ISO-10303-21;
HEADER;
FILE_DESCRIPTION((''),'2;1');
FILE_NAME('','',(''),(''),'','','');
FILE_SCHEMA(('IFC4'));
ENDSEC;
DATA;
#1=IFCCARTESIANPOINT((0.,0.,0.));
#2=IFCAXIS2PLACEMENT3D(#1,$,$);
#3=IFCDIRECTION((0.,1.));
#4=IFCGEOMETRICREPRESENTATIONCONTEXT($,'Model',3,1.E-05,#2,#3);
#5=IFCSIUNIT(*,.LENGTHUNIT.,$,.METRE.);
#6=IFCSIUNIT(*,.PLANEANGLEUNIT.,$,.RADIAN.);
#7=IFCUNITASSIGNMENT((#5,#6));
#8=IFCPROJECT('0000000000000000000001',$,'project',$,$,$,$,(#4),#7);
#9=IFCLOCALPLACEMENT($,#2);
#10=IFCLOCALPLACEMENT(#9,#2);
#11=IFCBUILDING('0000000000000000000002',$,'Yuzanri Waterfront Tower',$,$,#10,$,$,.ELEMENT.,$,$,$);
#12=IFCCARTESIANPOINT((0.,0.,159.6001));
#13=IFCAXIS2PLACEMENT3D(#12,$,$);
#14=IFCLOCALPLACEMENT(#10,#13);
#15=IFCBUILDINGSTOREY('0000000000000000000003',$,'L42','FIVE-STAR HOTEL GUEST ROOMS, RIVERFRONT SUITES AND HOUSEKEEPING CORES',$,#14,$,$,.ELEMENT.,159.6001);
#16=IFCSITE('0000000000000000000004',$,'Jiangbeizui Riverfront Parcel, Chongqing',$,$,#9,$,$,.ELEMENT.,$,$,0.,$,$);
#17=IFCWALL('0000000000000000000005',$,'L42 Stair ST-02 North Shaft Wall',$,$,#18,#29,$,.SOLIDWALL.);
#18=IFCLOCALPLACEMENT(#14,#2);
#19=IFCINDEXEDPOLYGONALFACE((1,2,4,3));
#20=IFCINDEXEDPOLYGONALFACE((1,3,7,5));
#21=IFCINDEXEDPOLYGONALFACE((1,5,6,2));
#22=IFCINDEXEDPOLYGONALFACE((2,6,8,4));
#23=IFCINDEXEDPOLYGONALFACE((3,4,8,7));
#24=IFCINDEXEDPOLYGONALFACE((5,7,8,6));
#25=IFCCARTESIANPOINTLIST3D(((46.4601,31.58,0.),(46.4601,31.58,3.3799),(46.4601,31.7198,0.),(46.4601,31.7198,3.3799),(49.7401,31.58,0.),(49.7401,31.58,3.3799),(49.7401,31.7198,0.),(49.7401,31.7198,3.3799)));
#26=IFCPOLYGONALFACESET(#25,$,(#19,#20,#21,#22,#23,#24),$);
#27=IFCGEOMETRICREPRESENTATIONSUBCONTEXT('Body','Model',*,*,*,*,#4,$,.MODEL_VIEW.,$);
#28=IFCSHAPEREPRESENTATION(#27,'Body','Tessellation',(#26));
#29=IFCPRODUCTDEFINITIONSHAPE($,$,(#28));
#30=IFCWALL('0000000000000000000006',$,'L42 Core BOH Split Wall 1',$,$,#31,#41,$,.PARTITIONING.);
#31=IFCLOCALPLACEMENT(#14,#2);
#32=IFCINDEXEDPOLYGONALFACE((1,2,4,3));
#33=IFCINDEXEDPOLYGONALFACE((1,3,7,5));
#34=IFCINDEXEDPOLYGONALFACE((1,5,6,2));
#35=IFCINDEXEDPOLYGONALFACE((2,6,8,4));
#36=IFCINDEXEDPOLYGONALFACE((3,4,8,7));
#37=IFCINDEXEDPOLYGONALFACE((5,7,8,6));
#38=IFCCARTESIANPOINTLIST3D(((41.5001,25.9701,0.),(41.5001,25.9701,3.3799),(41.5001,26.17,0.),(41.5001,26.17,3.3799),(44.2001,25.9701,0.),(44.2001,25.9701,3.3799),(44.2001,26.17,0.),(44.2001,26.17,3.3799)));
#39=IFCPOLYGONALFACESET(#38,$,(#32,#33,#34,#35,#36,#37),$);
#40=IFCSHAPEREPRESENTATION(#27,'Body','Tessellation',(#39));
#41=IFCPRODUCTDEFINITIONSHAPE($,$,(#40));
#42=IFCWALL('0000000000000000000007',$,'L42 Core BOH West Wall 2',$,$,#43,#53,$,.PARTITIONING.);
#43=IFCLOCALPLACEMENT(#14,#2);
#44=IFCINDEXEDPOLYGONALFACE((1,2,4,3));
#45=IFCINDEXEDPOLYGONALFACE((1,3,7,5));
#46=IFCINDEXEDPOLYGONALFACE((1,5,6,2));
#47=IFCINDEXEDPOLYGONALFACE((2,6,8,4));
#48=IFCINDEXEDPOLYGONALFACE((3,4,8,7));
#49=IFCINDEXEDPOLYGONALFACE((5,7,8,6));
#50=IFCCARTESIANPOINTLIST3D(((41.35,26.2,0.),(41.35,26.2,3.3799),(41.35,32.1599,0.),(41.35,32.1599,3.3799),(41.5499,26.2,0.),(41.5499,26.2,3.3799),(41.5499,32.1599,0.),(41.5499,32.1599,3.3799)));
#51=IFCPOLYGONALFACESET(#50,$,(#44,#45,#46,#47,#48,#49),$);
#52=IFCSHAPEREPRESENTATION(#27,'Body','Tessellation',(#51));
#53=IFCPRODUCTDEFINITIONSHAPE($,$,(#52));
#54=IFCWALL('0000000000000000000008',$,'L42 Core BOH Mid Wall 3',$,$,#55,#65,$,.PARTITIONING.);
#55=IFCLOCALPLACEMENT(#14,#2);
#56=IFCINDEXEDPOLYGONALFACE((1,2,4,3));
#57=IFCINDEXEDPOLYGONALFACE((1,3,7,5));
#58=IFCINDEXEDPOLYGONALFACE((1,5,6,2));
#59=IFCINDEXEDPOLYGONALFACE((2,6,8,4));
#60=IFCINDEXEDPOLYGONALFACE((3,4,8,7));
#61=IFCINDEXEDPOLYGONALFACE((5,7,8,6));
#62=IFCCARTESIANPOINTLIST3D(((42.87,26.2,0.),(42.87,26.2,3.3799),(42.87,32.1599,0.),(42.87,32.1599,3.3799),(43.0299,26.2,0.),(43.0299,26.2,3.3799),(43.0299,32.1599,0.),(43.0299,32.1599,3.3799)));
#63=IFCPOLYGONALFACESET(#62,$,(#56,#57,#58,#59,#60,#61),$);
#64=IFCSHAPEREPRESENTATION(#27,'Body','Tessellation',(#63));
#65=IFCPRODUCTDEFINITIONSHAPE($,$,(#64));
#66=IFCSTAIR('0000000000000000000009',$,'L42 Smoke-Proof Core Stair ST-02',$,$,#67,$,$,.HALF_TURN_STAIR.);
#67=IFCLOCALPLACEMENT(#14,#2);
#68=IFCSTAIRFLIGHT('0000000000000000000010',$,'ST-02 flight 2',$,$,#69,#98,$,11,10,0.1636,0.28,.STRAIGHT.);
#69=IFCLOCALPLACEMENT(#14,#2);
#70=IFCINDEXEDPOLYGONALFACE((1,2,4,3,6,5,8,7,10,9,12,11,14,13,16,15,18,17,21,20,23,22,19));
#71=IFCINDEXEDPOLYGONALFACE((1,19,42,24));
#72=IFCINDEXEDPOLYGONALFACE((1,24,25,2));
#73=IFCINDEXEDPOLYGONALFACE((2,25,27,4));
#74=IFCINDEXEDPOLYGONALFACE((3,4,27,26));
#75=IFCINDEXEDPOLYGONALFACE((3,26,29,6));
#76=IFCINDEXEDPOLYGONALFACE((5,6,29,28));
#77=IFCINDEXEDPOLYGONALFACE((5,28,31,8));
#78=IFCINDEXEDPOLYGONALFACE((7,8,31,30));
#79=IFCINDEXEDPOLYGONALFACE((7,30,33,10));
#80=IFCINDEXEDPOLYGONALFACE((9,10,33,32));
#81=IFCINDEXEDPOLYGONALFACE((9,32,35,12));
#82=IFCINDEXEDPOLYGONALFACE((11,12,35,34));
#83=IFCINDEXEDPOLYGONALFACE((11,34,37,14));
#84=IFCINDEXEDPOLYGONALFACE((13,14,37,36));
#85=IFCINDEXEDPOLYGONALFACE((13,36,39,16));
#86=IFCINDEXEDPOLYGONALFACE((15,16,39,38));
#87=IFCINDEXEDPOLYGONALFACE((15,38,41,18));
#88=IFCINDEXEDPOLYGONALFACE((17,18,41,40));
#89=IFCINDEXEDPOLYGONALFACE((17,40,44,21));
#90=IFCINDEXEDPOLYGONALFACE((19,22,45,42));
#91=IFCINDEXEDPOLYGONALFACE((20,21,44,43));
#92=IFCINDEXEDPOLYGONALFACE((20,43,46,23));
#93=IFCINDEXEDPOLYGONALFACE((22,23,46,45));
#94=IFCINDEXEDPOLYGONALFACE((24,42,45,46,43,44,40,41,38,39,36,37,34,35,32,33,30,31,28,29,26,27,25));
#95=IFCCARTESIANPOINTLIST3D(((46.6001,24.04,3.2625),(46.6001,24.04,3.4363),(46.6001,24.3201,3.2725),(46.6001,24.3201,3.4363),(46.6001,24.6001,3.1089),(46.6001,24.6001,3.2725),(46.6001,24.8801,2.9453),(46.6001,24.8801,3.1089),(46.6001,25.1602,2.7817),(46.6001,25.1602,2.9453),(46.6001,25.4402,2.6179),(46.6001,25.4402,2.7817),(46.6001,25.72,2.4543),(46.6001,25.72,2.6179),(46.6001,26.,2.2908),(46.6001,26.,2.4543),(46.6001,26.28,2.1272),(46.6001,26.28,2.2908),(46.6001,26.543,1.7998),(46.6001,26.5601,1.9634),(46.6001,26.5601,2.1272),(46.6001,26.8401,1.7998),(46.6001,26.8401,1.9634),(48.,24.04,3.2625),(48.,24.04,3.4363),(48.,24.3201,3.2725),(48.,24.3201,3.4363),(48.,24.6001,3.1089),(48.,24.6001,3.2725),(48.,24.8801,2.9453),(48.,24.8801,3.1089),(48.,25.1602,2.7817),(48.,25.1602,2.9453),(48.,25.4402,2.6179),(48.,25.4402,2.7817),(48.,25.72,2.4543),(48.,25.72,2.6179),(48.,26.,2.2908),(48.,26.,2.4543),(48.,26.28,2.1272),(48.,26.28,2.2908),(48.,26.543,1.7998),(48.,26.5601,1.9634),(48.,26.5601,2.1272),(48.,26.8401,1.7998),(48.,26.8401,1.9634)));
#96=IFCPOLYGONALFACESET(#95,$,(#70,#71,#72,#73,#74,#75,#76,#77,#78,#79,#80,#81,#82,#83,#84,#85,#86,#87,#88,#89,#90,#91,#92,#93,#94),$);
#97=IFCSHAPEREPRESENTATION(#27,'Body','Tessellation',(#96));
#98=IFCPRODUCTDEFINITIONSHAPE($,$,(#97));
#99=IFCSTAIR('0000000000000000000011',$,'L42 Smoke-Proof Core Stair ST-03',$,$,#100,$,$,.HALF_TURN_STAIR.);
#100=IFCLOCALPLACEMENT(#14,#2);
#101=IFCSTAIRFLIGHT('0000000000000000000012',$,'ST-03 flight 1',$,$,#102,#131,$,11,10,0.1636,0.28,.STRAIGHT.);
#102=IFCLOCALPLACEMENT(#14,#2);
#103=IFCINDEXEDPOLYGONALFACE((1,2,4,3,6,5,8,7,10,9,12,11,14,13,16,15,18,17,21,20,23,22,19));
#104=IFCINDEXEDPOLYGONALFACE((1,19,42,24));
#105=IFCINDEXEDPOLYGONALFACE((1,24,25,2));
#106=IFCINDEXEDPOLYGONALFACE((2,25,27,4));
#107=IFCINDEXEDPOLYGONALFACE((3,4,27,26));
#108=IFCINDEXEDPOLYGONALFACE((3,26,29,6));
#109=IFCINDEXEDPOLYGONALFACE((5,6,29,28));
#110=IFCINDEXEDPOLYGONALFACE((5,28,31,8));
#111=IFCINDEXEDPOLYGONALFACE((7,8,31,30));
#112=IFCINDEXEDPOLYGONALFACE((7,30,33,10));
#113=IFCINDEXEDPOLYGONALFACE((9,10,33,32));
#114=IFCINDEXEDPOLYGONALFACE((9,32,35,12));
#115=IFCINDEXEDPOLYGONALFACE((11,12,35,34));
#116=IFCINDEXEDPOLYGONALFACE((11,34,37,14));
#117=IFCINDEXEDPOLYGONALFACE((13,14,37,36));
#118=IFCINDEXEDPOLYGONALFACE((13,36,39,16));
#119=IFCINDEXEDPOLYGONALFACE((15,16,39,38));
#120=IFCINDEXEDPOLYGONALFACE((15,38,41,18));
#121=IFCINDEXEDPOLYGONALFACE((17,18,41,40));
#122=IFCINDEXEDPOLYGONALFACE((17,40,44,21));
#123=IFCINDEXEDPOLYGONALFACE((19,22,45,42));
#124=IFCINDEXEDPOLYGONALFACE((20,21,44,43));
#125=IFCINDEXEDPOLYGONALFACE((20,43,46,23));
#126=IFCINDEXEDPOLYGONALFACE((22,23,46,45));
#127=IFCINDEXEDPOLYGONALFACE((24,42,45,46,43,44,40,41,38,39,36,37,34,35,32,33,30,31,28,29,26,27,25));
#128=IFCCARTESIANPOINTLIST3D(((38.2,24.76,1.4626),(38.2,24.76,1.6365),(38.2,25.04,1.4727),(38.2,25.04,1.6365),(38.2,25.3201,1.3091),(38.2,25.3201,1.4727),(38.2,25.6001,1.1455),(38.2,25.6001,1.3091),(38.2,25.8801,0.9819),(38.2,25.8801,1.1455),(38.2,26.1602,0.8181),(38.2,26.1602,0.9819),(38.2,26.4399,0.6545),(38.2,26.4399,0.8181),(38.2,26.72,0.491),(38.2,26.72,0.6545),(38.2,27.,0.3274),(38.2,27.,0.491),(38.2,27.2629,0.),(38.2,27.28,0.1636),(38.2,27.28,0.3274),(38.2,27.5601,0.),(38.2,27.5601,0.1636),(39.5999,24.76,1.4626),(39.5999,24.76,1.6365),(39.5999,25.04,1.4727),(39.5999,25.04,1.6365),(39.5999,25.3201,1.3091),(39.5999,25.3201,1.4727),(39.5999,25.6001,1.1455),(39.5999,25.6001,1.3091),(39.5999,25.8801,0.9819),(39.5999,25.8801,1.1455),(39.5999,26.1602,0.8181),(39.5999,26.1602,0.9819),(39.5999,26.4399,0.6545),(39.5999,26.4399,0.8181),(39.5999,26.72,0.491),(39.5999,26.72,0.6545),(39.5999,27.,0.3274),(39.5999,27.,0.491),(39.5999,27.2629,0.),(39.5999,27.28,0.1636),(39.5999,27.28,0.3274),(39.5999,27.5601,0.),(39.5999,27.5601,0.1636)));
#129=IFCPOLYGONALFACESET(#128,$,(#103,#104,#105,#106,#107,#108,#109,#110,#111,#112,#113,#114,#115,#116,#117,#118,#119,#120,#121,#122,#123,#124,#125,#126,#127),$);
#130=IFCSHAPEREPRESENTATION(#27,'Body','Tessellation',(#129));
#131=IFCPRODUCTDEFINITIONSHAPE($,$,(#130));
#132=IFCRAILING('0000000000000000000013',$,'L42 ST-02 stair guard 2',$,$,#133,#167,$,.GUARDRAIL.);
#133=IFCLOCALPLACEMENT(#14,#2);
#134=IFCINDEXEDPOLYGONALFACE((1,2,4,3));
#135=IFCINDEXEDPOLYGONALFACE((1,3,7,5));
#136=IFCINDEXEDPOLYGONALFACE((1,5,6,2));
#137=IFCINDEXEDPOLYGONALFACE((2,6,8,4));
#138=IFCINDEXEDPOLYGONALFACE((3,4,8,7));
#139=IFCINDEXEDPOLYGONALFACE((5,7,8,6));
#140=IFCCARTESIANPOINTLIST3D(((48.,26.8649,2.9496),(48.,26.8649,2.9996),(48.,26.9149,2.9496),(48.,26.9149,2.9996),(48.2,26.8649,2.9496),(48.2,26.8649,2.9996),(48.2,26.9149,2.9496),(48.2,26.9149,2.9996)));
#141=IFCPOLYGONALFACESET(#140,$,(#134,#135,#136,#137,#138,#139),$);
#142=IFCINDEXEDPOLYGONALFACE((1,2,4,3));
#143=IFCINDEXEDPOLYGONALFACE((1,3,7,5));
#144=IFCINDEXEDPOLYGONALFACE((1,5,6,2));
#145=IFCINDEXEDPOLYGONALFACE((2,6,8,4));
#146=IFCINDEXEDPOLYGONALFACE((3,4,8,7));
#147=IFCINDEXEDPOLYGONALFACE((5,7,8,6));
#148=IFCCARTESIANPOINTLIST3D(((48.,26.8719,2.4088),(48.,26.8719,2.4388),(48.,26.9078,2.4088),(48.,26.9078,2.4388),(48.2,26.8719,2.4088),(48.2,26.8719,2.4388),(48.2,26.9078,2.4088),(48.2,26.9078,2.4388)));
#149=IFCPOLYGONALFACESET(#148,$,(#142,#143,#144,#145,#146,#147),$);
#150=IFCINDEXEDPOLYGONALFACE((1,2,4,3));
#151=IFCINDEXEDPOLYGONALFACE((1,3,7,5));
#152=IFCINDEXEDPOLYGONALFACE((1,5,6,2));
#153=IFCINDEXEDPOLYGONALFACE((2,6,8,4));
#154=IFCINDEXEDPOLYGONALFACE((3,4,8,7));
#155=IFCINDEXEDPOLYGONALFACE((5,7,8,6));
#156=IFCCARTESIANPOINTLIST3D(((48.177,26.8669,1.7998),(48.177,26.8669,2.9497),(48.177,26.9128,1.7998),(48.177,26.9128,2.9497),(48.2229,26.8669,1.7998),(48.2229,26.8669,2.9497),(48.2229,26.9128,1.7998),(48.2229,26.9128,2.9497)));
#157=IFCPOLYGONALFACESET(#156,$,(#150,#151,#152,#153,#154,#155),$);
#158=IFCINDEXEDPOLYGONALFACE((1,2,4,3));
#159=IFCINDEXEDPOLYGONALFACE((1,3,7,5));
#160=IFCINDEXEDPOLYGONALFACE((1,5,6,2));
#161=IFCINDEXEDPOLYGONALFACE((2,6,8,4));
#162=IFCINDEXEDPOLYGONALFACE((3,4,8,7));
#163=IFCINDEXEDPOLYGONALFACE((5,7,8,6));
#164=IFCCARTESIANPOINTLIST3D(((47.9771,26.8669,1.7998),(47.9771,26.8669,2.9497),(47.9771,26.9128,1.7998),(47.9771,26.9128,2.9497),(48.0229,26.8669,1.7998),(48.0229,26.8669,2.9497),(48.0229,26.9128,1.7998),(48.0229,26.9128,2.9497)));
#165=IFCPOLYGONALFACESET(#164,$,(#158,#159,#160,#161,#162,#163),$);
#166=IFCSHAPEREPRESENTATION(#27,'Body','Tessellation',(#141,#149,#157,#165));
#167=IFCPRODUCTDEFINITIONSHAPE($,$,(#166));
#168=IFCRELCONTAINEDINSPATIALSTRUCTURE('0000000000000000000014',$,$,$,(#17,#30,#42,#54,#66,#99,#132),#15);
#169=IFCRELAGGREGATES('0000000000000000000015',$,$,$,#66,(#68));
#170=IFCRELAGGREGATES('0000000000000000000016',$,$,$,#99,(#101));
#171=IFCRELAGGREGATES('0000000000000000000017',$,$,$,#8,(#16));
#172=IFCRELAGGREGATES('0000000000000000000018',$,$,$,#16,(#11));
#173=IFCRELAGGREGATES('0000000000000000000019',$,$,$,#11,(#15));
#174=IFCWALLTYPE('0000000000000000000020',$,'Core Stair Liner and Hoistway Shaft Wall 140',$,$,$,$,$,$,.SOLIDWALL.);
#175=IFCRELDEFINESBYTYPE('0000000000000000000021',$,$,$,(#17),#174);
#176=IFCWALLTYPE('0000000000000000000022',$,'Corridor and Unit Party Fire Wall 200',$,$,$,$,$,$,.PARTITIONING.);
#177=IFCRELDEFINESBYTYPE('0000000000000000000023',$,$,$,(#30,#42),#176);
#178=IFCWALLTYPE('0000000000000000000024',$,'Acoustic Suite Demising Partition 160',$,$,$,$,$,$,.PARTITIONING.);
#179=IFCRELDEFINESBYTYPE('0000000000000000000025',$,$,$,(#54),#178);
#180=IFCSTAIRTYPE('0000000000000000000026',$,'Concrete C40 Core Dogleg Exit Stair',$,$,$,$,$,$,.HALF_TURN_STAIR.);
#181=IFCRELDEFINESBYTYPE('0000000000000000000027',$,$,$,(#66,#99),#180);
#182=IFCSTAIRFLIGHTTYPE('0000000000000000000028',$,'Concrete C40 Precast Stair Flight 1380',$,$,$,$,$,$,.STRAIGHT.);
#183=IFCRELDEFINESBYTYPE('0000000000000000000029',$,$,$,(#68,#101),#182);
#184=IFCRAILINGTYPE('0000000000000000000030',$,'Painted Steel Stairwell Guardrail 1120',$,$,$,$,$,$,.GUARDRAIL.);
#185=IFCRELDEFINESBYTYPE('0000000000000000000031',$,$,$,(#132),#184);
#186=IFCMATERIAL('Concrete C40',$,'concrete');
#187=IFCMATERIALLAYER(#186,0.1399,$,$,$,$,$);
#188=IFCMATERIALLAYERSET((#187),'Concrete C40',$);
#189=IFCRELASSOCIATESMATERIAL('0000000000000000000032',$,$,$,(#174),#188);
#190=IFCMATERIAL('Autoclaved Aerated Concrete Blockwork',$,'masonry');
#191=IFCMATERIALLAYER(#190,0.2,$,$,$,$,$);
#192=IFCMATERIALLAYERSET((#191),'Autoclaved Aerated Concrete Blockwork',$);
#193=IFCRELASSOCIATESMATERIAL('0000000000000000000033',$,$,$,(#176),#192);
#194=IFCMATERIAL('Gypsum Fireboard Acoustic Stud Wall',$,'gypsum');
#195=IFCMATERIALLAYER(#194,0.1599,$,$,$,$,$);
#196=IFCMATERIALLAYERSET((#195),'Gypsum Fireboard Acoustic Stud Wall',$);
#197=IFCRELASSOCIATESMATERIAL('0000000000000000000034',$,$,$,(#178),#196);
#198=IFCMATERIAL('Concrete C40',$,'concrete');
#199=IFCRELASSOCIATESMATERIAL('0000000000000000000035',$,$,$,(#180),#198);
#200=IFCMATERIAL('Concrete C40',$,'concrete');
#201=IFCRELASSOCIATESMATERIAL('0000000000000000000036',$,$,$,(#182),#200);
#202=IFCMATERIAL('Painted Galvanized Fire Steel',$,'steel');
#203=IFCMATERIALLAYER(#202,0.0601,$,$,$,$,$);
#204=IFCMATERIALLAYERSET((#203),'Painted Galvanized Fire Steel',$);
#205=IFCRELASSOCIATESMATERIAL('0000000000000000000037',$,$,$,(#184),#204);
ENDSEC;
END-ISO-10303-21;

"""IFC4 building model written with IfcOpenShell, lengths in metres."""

from ifc_helpers import new_model, si_unit, direction, frame, frame_2d, origin, origin_2d, place, context, subcontext, project, spatial, polyline, rectangle, outline, extrude, source, transform, mapped, material, layer, layer_set, type_object, element, aggregate, save


model = new_model("IFC4")

# Units and contexts
model_context = context("Model", 3, precision=1e-05, world=origin(), true_north=direction((0.0, 1.0)))
body_context = subcontext(model_context, "Body", "Model", "MODEL_VIEW")
ifc_project = project(units=[si_unit("LENGTHUNIT", "METRE"), si_unit("PLANEANGLEUNIT", "RADIAN")], contexts=[model_context])

# Site, building, storey
site_placement = place(None, origin())
site = spatial("IfcSite", under=ifc_project, at=site_placement, Name="Jiangbeizui Riverfront Parcel, Chongqing", CompositionType="ELEMENT", RefElevation=0.0)
building_placement = place(site_placement, origin())
building = spatial("IfcBuilding", under=site, at=building_placement, Name="Yuzanri Waterfront Tower", CompositionType="ELEMENT")
storey_placement = place(building_placement, frame((0.0, 0.0, 159.6001)))
storey = spatial("IfcBuildingStorey", under=building, at=storey_placement, Name="L42", Description="FIVE-STAR HOTEL GUEST ROOMS, RIVERFRONT SUITES AND HOUSEKEEPING CORES", CompositionType="ELEMENT", Elevation=159.6001)

# Shared definitions
ifc_material_1 = material(Name="Concrete C40", Category="concrete")
ifc_layer_1 = layer(ifc_material_1, 0.1399)
ifc_layer_set_1 = layer_set([ifc_layer_1], Name="Concrete C40")
wall_type_1 = type_object("IfcWallType", Name="Core Stair Liner and Hoistway Shaft Wall 140", PredefinedType="SOLIDWALL", material=ifc_layer_set_1)

# Walls
shared_shape_1 = source(origin(), body_context, "Body", "SweptSolid", [
    extrude(rectangle(XDim=3.28, YDim=0.1399, at=frame_2d((1.6401, 0.0))), origin(), (0.0, 0.0, 1.0), 3.3799),
])
wall_1_placement = place(storey_placement, frame((46.46, 31.6499, 0.0), z_axis=(0.0, 0.0, 1.0), x_axis=(1.0, 0.0, 0.0)))
element("IfcWall", 1, at=wall_1_placement, inside=storey, type_object=wall_type_1, Name="L42 Stair ST-02 North Shaft Wall", PredefinedType="SOLIDWALL", context=body_context, shape_type="MappedRepresentation", body=[
    mapped(shared_shape_1, transform((0.0, 0.0, 0.0), scale=1.0)),
])
ifc_material_2 = material(Name="Autoclaved Aerated Concrete Blockwork", Category="masonry")
ifc_layer_2 = layer(ifc_material_2, 0.2)
ifc_layer_set_2 = layer_set([ifc_layer_2], Name="Autoclaved Aerated Concrete Blockwork")
wall_type_2 = type_object("IfcWallType", Name="Corridor and Unit Party Fire Wall 200", PredefinedType="PARTITIONING", material=ifc_layer_set_2)
shared_shape_2 = source(origin(), body_context, "Body", "SweptSolid", [
    extrude(rectangle(XDim=2.7, YDim=0.2, at=frame_2d((1.3501, 0.0))), origin(), (0.0, 0.0, 1.0), 3.3799),
])
wall_2_placement = place(storey_placement, frame((41.5, 26.0701, 0.0), z_axis=(0.0, 0.0, 1.0), x_axis=(1.0, 0.0, 0.0)))
element("IfcWall", 2, at=wall_2_placement, inside=storey, type_object=wall_type_2, Name="L42 Core BOH Split Wall 1", PredefinedType="PARTITIONING", context=body_context, shape_type="MappedRepresentation", body=[
    mapped(shared_shape_2, transform((0.0, 0.0, 0.0), scale=1.0)),
])
shared_shape_3 = source(origin(), body_context, "Body", "SweptSolid", [
    extrude(rectangle(XDim=5.96, YDim=0.2, at=frame_2d((2.98, 0.0))), origin(), (0.0, 0.0, 1.0), 3.3799),
])
wall_3_placement = place(storey_placement, frame((41.45, 26.2, 0.0), z_axis=(0.0, 0.0, 1.0), x_axis=(0.0, 1.0, 0.0)))
element("IfcWall", 3, at=wall_3_placement, inside=storey, type_object=wall_type_2, Name="L42 Core BOH West Wall 2", PredefinedType="PARTITIONING", context=body_context, shape_type="MappedRepresentation", body=[
    mapped(shared_shape_3, transform((0.0, 0.0, 0.0), scale=1.0)),
])
ifc_material_3 = material(Name="Gypsum Fireboard Acoustic Stud Wall", Category="gypsum")
ifc_layer_3 = layer(ifc_material_3, 0.1599)
ifc_layer_set_3 = layer_set([ifc_layer_3], Name="Gypsum Fireboard Acoustic Stud Wall")
wall_type_3 = type_object("IfcWallType", Name="Acoustic Suite Demising Partition 160", PredefinedType="PARTITIONING", material=ifc_layer_set_3)
shared_shape_4 = source(origin(), body_context, "Body", "SweptSolid", [
    extrude(rectangle(XDim=5.96, YDim=0.1599, at=frame_2d((2.98, 0.0))), origin(), (0.0, 0.0, 1.0), 3.3799),
])
wall_4_placement = place(storey_placement, frame((42.95, 26.2, 0.0), z_axis=(0.0, 0.0, 1.0), x_axis=(0.0, 1.0, 0.0)))
element("IfcWall", 4, at=wall_4_placement, inside=storey, type_object=wall_type_3, Name="L42 Core BOH Mid Wall 3", PredefinedType="PARTITIONING", context=body_context, shape_type="MappedRepresentation", body=[
    mapped(shared_shape_4, transform((0.0, 0.0, 0.0), scale=1.0)),
])

# Stairs, stair flights
ifc_material_4 = material(Name="Concrete C40", Category="concrete")
stair_type = type_object("IfcStairType", Name="Concrete C40 Core Dogleg Exit Stair", PredefinedType="HALF_TURN_STAIR", material=ifc_material_4)
stair_1_placement = place(storey_placement, origin())
stair_1 = element("IfcStair", 5, at=stair_1_placement, inside=storey, type_object=stair_type, Name="L42 Smoke-Proof Core Stair ST-02", PredefinedType="HALF_TURN_STAIR")
ifc_material_5 = material(Name="Concrete C40", Category="concrete")
stair_flight_type = type_object("IfcStairFlightType", Name="Concrete C40 Precast Stair Flight 1380", PredefinedType="STRAIGHT", material=ifc_material_5)
shared_shape_5 = source(origin(), body_context, "Body", "SweptSolid", [
    extrude(outline(polyline([(0.0, 0.0), (0.0, 0.1636), (0.28, 0.1636), (0.28, 0.3274), (0.5601, 0.3274), (0.5601, 0.491), (0.8401, 0.491), (0.8401, 0.6545), (1.1201, 0.6545), (1.1201, 0.8181), (1.3999, 0.8181), (1.3999, 0.9819), (1.6799, 0.9819), (1.6799, 1.1455), (1.96, 1.1455), (1.96, 1.3091), (2.24, 1.3091), (2.24, 1.4727), (2.52, 1.4727), (2.52, 1.6365), (2.8, 1.6365), (2.8, 1.8), (2.8, 1.4626), (0.2971, 0.0), (0.0, 0.0)])), frame((0.0, 0.7, 0.0), z_axis=(0.0, -1.0, 0.0), x_axis=(1.0, 0.0, 0.0)), (0.0, 0.0, 1.0), 1.3999),
])
stair_flight_1_placement = place(storey_placement, frame((47.3, 26.8401, 1.7998), z_axis=(0.0, 0.0, 1.0), x_axis=(0.0, -1.0, 0.0)))
stair_flight_1 = element("IfcStairFlight", 6, at=stair_flight_1_placement, type_object=stair_flight_type, Name="ST-02 flight 2", NumberOfRisers=11, NumberOfTreads=10, PredefinedType="STRAIGHT", RiserHeight=0.1636, TreadLength=0.28, context=body_context, shape_type="MappedRepresentation", body=[
    mapped(shared_shape_5, transform((0.0, 0.0, 0.0), scale=1.0)),
])
aggregate(stair_1, [stair_flight_1])
stair_2_placement = place(storey_placement, origin())
stair_2 = element("IfcStair", 7, at=stair_2_placement, inside=storey, type_object=stair_type, Name="L42 Smoke-Proof Core Stair ST-03", PredefinedType="HALF_TURN_STAIR")
stair_flight_2_placement = place(storey_placement, frame((38.8999, 27.5601, 0.0), z_axis=(0.0, 0.0, 1.0), x_axis=(0.0, -1.0, 0.0)))
stair_flight_2 = element("IfcStairFlight", 8, at=stair_flight_2_placement, type_object=stair_flight_type, Name="ST-03 flight 1", NumberOfRisers=11, NumberOfTreads=10, PredefinedType="STRAIGHT", RiserHeight=0.1636, TreadLength=0.28, context=body_context, shape_type="MappedRepresentation", body=[
    mapped(shared_shape_5, transform((0.0, 0.0, 0.0), scale=1.0)),
])
aggregate(stair_2, [stair_flight_2])

# Railing
ifc_material_6 = material(Name="Painted Galvanized Fire Steel", Category="steel")
ifc_layer_4 = layer(ifc_material_6, 0.0601)
ifc_layer_set_4 = layer_set([ifc_layer_4], Name="Painted Galvanized Fire Steel")
railing_type_1 = type_object("IfcRailingType", Name="Painted Steel Stairwell Guardrail 1120", PredefinedType="GUARDRAIL", material=ifc_layer_set_4)
shared_shape_6 = source(origin(), body_context, "Body", "SweptSolid", [
    extrude(rectangle(XDim=0.05, YDim=0.05, at=origin_2d()), frame((0.0, 0.0, 1.1748), z_axis=(-1.0, 0.0, 0.0), x_axis=(0.0, -1.0, 0.0)), (0.0, 0.0, 1.0), 0.2),
    extrude(rectangle(XDim=0.0359, YDim=0.03, at=origin_2d()), frame((0.0, 0.0, 0.624), z_axis=(-1.0, 0.0, 0.0), x_axis=(0.0, -1.0, 0.0)), (0.0, 0.0, 1.0), 0.2),
    extrude(rectangle(XDim=0.0459, YDim=0.0459, at=origin_2d()), origin(), (0.0, 0.0, 1.0), 1.1499),
    extrude(rectangle(XDim=0.0459, YDim=0.0459, at=origin_2d()), frame((-0.2, 0.0, 0.0)), (0.0, 0.0, 1.0), 1.1499),
])
railing_1_placement = place(storey_placement, frame((48.2, 26.8899, 1.7998)))
element("IfcRailing", 9, at=railing_1_placement, inside=storey, type_object=railing_type_1, Name="L42 ST-02 stair guard 2", PredefinedType="GUARDRAIL", context=body_context, shape_type="MappedRepresentation", body=[
    mapped(shared_shape_6, transform((0.0, 0.0, 0.0), scale=1.0)),
])

save(model, "model.ifc")
